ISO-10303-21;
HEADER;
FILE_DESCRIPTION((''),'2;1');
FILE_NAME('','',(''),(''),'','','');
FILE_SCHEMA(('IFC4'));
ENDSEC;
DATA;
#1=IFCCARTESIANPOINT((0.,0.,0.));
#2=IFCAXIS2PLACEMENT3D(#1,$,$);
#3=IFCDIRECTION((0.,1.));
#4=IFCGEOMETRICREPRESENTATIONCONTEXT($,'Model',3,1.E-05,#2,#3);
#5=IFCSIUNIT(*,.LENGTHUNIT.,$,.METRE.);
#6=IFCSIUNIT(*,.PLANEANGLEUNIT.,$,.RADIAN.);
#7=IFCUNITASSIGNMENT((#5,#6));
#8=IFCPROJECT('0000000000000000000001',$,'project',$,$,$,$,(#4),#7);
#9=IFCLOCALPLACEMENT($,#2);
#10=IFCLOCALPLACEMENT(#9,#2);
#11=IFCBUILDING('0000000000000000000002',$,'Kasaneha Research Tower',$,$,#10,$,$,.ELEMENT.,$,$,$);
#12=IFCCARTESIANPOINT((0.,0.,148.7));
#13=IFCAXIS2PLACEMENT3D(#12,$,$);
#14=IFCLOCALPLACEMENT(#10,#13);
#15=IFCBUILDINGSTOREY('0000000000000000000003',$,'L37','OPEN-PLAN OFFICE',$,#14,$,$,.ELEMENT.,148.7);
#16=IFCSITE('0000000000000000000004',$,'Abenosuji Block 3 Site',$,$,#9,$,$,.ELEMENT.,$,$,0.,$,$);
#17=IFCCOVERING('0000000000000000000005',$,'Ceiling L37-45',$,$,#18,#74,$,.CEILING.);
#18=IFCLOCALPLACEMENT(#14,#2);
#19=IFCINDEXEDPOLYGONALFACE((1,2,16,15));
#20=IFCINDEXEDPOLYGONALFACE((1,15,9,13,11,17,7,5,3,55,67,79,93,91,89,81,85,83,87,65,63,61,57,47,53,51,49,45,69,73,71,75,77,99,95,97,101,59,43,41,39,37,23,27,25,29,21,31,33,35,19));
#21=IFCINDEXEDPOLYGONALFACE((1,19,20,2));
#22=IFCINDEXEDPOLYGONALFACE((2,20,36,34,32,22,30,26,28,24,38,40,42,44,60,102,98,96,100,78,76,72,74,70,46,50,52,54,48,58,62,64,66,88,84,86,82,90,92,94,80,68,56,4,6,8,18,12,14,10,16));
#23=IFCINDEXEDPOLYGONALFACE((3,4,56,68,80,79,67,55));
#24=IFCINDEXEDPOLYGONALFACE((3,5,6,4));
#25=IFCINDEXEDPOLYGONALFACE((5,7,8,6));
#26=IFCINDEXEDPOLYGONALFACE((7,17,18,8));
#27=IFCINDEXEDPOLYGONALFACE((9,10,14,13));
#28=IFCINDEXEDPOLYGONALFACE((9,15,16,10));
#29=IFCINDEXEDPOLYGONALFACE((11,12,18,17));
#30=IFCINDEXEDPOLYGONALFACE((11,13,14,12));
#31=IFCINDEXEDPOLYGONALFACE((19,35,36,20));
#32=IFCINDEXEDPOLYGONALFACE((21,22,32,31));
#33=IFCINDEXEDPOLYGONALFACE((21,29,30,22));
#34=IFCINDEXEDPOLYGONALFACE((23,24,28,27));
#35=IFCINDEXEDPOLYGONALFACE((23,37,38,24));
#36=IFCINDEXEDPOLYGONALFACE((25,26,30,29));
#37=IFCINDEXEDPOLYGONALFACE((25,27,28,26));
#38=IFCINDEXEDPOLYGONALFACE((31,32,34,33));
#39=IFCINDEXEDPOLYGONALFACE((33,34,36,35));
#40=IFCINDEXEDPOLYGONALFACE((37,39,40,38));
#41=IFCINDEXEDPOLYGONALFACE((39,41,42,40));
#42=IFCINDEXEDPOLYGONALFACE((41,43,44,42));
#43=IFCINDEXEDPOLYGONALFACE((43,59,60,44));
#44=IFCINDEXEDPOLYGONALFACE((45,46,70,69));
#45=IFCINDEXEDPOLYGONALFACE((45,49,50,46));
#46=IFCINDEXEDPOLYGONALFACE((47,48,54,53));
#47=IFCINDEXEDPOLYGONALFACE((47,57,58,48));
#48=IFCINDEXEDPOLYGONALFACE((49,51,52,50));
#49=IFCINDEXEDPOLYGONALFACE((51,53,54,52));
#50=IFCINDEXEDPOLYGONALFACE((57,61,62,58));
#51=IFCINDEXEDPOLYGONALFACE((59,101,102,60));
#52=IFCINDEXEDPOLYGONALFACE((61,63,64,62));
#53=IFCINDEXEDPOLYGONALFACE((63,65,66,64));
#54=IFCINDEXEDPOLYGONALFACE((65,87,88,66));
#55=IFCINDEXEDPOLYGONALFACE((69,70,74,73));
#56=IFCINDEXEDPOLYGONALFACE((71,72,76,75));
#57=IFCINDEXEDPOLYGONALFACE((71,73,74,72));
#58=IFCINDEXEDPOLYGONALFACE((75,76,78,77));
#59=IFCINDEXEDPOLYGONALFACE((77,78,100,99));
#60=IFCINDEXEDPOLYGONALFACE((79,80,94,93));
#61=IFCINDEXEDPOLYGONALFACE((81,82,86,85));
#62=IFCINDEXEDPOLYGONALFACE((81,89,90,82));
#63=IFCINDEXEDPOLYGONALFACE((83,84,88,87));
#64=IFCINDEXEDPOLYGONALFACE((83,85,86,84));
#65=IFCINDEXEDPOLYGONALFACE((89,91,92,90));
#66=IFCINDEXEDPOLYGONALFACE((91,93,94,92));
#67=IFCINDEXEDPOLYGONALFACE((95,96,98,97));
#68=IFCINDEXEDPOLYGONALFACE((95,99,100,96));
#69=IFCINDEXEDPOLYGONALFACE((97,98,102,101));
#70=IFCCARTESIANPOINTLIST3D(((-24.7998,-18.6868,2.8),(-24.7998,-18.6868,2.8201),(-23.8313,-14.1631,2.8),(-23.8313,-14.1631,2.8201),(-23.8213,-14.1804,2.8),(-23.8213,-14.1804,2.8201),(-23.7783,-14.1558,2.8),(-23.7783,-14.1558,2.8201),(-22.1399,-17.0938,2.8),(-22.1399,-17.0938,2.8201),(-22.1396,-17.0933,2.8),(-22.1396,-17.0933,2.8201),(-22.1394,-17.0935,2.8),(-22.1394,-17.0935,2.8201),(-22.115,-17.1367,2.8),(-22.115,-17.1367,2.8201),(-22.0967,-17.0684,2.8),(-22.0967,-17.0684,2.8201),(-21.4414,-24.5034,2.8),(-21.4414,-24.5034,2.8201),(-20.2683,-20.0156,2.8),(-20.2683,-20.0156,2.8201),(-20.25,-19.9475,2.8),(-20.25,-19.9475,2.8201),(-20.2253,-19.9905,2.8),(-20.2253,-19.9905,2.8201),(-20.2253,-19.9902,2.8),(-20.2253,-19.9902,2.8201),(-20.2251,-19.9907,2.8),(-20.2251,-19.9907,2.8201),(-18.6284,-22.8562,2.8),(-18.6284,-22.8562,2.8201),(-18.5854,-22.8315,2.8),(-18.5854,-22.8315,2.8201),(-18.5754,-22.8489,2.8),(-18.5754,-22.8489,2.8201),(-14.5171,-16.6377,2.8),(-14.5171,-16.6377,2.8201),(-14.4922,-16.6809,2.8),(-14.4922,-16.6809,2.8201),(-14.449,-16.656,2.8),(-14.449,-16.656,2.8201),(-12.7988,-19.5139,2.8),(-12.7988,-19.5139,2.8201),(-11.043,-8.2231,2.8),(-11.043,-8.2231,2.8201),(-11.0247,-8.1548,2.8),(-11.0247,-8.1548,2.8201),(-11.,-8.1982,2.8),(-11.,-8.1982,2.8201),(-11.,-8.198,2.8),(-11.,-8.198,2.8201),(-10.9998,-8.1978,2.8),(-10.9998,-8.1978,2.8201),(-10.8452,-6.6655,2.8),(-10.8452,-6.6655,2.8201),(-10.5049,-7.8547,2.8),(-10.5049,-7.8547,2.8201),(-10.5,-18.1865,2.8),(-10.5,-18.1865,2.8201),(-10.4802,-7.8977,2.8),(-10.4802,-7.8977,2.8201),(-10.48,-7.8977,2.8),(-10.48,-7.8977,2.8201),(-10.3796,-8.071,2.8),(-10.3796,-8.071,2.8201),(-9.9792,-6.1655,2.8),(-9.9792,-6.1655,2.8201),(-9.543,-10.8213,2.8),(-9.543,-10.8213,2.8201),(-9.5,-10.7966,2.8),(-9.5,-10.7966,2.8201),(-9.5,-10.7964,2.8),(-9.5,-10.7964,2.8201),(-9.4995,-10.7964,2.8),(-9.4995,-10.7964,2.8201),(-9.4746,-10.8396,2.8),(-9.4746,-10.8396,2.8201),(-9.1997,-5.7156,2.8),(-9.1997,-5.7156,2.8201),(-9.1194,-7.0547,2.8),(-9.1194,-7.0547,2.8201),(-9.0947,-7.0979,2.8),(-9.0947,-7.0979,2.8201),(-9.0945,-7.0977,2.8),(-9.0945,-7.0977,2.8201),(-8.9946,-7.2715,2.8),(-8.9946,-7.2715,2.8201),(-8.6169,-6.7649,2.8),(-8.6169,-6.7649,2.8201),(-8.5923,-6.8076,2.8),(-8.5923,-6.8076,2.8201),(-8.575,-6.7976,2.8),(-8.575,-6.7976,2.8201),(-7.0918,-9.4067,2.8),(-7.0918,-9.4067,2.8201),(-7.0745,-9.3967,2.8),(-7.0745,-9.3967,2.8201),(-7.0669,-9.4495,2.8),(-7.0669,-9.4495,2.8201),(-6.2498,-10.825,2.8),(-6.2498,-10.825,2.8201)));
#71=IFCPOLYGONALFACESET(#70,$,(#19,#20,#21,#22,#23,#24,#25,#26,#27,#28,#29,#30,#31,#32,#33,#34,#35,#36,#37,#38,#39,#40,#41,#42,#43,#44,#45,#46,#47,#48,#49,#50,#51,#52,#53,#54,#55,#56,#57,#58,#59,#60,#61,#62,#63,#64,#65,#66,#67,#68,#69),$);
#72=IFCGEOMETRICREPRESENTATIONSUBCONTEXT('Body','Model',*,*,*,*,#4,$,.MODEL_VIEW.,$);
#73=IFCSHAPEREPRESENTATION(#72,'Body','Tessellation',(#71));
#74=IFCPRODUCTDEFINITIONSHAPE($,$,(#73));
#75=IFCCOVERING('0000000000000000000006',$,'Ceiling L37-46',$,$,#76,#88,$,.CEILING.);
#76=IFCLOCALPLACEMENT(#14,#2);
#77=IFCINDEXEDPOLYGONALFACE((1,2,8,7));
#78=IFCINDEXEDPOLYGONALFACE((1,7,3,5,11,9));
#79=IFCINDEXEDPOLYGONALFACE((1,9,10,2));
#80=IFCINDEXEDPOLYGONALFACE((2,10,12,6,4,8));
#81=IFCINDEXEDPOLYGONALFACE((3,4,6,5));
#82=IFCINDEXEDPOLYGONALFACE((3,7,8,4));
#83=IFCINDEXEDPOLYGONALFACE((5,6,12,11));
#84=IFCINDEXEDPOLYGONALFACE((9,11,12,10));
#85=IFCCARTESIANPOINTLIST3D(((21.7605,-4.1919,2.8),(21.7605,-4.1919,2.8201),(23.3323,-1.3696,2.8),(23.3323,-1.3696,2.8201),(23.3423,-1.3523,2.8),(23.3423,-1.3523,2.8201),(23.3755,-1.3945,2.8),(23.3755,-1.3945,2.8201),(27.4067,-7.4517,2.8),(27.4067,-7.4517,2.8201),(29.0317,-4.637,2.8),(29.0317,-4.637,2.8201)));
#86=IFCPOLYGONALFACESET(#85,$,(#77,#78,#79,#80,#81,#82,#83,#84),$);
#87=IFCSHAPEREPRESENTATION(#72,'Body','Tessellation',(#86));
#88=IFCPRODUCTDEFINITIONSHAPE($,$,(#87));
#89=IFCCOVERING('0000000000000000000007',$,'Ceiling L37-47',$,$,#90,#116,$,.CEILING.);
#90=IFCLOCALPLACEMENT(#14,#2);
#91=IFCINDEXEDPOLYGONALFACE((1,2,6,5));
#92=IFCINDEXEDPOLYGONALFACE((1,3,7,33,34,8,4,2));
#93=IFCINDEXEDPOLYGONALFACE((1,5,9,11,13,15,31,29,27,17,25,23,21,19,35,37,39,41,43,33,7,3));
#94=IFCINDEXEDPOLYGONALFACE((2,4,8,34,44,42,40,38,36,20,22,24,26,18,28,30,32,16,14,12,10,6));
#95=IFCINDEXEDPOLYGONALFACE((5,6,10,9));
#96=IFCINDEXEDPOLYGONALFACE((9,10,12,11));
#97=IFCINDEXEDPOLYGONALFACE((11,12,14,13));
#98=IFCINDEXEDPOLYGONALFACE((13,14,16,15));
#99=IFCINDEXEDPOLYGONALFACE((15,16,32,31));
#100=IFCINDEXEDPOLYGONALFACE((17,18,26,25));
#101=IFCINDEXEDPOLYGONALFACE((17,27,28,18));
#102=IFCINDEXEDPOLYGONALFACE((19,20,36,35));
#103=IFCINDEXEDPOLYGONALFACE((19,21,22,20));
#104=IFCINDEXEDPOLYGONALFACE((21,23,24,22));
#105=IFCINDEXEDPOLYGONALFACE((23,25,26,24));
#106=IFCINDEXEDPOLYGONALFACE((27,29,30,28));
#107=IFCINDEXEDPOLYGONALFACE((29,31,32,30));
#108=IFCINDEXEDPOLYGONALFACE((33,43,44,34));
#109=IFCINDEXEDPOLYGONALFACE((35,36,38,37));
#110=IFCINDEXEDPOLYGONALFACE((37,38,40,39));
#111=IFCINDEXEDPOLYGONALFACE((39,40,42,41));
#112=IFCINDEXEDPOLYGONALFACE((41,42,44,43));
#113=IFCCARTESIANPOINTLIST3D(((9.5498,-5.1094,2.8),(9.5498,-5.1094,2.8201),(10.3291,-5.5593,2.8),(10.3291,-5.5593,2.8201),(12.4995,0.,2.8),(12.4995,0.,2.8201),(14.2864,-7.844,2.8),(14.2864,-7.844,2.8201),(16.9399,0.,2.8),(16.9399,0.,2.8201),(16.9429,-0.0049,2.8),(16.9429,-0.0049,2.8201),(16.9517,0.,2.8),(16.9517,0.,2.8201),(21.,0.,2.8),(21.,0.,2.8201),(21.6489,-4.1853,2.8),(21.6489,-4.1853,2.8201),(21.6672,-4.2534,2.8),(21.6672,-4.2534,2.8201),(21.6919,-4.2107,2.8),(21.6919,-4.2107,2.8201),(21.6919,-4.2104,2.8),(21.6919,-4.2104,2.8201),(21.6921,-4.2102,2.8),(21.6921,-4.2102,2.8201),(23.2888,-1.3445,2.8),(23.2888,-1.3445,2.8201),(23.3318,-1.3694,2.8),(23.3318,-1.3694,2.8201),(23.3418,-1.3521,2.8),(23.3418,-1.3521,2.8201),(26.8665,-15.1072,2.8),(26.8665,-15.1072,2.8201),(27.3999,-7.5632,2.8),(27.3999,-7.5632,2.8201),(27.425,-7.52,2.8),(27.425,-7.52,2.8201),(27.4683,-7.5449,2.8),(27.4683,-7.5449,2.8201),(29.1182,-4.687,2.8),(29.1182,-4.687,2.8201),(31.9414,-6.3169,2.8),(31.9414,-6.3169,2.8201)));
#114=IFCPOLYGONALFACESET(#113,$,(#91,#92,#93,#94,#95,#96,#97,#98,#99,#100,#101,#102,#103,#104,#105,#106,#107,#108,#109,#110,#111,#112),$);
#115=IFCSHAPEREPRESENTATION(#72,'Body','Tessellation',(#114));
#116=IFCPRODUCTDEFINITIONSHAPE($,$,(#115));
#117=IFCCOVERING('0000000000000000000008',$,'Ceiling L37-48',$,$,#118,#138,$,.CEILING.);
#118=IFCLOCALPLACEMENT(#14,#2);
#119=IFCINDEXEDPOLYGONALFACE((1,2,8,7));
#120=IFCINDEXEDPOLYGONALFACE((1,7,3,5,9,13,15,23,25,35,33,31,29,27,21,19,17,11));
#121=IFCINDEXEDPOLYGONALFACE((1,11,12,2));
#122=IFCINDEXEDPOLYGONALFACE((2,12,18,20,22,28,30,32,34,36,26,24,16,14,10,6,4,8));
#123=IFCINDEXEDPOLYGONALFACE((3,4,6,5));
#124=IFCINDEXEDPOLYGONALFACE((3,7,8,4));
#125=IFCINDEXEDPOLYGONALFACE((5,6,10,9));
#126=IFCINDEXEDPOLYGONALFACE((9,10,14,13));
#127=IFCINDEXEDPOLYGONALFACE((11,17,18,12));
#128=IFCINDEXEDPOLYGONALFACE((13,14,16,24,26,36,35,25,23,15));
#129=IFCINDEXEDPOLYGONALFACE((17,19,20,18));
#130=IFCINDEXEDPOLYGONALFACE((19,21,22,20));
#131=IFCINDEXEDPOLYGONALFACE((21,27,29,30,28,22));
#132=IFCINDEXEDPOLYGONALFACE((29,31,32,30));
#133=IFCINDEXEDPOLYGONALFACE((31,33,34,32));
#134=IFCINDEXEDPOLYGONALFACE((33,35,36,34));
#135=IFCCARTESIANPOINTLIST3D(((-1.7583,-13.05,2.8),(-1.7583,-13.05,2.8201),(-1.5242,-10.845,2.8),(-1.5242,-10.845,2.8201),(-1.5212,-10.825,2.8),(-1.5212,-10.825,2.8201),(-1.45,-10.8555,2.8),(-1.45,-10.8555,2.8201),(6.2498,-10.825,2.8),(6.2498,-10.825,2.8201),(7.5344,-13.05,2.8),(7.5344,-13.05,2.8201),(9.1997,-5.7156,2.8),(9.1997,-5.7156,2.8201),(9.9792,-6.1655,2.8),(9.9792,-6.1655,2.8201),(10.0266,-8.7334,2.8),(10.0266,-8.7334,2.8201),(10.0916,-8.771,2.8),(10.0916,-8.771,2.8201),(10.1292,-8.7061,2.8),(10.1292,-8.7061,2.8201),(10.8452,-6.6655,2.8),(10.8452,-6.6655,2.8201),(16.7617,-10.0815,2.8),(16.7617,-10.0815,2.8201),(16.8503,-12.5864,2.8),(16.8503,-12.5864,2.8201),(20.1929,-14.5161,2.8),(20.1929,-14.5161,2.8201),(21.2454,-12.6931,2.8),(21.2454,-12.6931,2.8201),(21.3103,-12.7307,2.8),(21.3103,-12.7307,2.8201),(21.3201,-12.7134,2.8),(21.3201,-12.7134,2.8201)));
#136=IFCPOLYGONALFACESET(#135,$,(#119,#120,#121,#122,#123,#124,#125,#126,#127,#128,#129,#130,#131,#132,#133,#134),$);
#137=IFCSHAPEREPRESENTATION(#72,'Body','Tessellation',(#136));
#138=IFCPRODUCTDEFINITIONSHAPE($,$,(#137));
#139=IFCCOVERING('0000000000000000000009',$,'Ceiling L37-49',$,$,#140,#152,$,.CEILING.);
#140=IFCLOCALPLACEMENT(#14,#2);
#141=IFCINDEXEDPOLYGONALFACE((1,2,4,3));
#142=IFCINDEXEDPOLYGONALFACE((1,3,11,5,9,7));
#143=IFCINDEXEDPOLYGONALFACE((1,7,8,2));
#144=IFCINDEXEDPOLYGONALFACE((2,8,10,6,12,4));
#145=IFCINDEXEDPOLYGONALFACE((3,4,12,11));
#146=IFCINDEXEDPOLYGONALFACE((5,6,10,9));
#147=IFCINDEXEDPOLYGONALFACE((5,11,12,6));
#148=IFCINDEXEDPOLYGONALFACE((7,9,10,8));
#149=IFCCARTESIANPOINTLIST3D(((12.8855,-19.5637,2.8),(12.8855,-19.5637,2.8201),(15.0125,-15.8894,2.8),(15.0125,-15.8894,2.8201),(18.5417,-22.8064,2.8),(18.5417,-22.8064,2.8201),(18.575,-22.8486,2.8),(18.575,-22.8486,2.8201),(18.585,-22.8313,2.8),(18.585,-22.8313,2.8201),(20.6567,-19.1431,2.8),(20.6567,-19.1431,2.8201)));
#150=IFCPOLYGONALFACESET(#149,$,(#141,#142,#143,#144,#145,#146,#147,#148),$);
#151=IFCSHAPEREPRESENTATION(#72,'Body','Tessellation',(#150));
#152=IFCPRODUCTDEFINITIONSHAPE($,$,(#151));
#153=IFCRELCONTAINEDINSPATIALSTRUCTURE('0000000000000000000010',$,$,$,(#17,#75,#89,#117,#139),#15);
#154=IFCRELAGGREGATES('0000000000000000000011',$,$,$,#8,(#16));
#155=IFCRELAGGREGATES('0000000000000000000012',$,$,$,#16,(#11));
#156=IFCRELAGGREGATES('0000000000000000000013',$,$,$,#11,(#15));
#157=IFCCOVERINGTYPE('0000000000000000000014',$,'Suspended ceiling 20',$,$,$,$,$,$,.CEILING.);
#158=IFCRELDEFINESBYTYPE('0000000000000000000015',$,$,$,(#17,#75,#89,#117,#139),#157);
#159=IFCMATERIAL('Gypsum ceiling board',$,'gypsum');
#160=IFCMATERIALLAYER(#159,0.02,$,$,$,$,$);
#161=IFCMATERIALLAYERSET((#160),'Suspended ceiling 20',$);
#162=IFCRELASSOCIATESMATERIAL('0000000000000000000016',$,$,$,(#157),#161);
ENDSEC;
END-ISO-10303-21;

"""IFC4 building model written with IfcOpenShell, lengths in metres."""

from ifc_helpers import new_model, si_unit, direction, frame, origin, place, context, subcontext, project, spatial, polyline, outline, extrude, material, layer, layer_set, type_object, element, save


model = new_model("IFC4")

# Units and contexts
model_context = context("Model", 3, precision=1e-05, world=origin(), true_north=direction((0.0, 1.0)))
body_context = subcontext(model_context, "Body", "Model", "MODEL_VIEW")
ifc_project = project(units=[si_unit("LENGTHUNIT", "METRE"), si_unit("PLANEANGLEUNIT", "RADIAN")], contexts=[model_context])

# Site, building, storey
site_placement = place(None, origin())
site = spatial("IfcSite", under=ifc_project, at=site_placement, Name="Abenosuji Block 3 Site", CompositionType="ELEMENT", RefElevation=0.0)
building_placement = place(site_placement, origin())
building = spatial("IfcBuilding", under=site, at=building_placement, Name="Kasaneha Research Tower", CompositionType="ELEMENT")
storey_placement = place(building_placement, frame((0.0, 0.0, 148.7)))
storey = spatial("IfcBuildingStorey", under=building, at=storey_placement, Name="L37", Description="OPEN-PLAN OFFICE", CompositionType="ELEMENT", Elevation=148.7)

# Coverings
ifc_material_1 = material(Name="Gypsum ceiling board", Category="gypsum")
ifc_layer_1 = layer(ifc_material_1, 0.02)
ifc_layer_set_1 = layer_set([ifc_layer_1], Name="Suspended ceiling 20")
covering_type_1 = type_object("IfcCoveringType", Name="Suspended ceiling 20", PredefinedType="CEILING", material=ifc_layer_set_1)
covering_1_placement = place(storey_placement, frame((0.0, 0.0, 2.8)))
element("IfcCovering", 1, at=covering_1_placement, inside=storey, type_object=covering_type_1, Name="Ceiling L37-45", PredefinedType="CEILING", context=body_context, shape_type="SweptSolid", body=[
    extrude(outline(polyline([(-9.9792, -6.1655), (-9.9792, -6.1655), (-9.1997, -5.7156), (-8.575, -6.7976), (-8.5923, -6.8076), (-8.6169, -6.7649), (-9.1194, -7.0547), (-9.0945, -7.0977), (-9.0947, -7.0979), (-8.9946, -7.2715), (-10.3796, -8.071), (-10.48, -7.8977), (-10.4802, -7.8977), (-10.5049, -7.8547), (-11.0247, -8.1548), (-10.9998, -8.1978), (-11.0, -8.198), (-11.0, -8.1982), (-11.043, -8.2231), (-9.543, -10.8213), (-9.5, -10.7964), (-9.5, -10.7966), (-9.4995, -10.7964), (-9.4746, -10.8396), (-7.0669, -9.4495), (-7.0918, -9.4067), (-7.0745, -9.3967), (-6.2498, -10.825), (-10.5, -18.1865), (-12.7988, -19.5139), (-14.449, -16.656), (-14.4922, -16.6809), (-14.5171, -16.6377), (-20.25, -19.9475), (-20.2253, -19.9902), (-20.2253, -19.9905), (-20.2251, -19.9907), (-20.2683, -20.0156), (-18.6284, -22.8562), (-18.5854, -22.8315), (-18.5754, -22.8489), (-21.4414, -24.5034), (-24.7998, -18.6868), (-22.115, -17.1367), (-22.1399, -17.0938), (-22.1394, -17.0935), (-22.1396, -17.0933), (-22.0967, -17.0684), (-23.7783, -14.1558), (-23.8213, -14.1804), (-23.8313, -14.1631), (-10.8452, -6.6655), (-10.8452, -6.6655), (-9.9792, -6.1655)])), origin(), (0.0, 0.0, 1.0), 0.02),
])
covering_2_placement = place(storey_placement, frame((0.0, 0.0, 2.8)))
element("IfcCovering", 2, at=covering_2_placement, inside=storey, type_object=covering_type_1, Name="Ceiling L37-46", PredefinedType="CEILING", context=body_context, shape_type="SweptSolid", body=[
    extrude(outline(polyline([(29.0317, -4.637), (27.4067, -7.4517), (21.7605, -4.1919), (23.3755, -1.3945), (23.3323, -1.3696), (23.3423, -1.3523), (29.0317, -4.637)])), origin(), (0.0, 0.0, 1.0), 0.02),
])
covering_3_placement = place(storey_placement, frame((0.0, 0.0, 2.8)))
element("IfcCovering", 3, at=covering_3_placement, inside=storey, type_object=covering_type_1, Name="Ceiling L37-47", PredefinedType="CEILING", context=body_context, shape_type="SweptSolid", body=[
    extrude(outline(polyline([(9.5498, -5.1094), (12.4995, 0.0), (16.9399, 0.0), (16.9429, -0.0049), (16.9517, 0.0), (21.0, 0.0), (23.3418, -1.3521), (23.3318, -1.3694), (23.2888, -1.3445), (21.6489, -4.1853), (21.6921, -4.2102), (21.6919, -4.2104), (21.6919, -4.2107), (21.6672, -4.2534), (27.3999, -7.5632), (27.425, -7.52), (27.4683, -7.5449), (29.1182, -4.687), (31.9414, -6.3169), (26.8665, -15.1072), (14.2864, -7.844), (10.3291, -5.5593), (10.3291, -5.5593), (9.5498, -5.1094)])), origin(), (0.0, 0.0, 1.0), 0.02),
])
covering_4_placement = place(storey_placement, frame((0.0, 0.0, 2.8)))
element("IfcCovering", 4, at=covering_4_placement, inside=storey, type_object=covering_type_1, Name="Ceiling L37-48", PredefinedType="CEILING", context=body_context, shape_type="SweptSolid", body=[
    extrude(outline(polyline([(10.0916, -8.771), (10.0266, -8.7334), (7.5344, -13.05), (-1.7583, -13.05), (-1.45, -10.8555), (-1.5242, -10.845), (-1.5212, -10.825), (6.2498, -10.825), (9.1997, -5.7156), (9.9792, -6.1655), (9.9792, -6.1655), (10.8452, -6.6655), (10.8452, -6.6655), (16.7617, -10.0815), (21.3201, -12.7134), (21.3103, -12.7307), (21.2454, -12.6931), (20.1929, -14.5161), (16.8503, -12.5864), (16.8503, -12.5864), (10.1292, -8.7061), (10.0916, -8.771), (10.0916, -8.7708), (10.0916, -8.771)])), origin(), (0.0, 0.0, 1.0), 0.02),
])
covering_5_placement = place(storey_placement, frame((0.0, 0.0, 2.8)))
element("IfcCovering", 5, at=covering_5_placement, inside=storey, type_object=covering_type_1, Name="Ceiling L37-49", PredefinedType="CEILING", context=body_context, shape_type="SweptSolid", body=[
    extrude(outline(polyline([(12.8855, -19.5637), (15.0125, -15.8894), (20.6567, -19.1431), (18.5417, -22.8064), (18.585, -22.8313), (18.575, -22.8486), (12.8855, -19.5637)])), origin(), (0.0, 0.0, 1.0), 0.02),
])

save(model, "model.ifc")
